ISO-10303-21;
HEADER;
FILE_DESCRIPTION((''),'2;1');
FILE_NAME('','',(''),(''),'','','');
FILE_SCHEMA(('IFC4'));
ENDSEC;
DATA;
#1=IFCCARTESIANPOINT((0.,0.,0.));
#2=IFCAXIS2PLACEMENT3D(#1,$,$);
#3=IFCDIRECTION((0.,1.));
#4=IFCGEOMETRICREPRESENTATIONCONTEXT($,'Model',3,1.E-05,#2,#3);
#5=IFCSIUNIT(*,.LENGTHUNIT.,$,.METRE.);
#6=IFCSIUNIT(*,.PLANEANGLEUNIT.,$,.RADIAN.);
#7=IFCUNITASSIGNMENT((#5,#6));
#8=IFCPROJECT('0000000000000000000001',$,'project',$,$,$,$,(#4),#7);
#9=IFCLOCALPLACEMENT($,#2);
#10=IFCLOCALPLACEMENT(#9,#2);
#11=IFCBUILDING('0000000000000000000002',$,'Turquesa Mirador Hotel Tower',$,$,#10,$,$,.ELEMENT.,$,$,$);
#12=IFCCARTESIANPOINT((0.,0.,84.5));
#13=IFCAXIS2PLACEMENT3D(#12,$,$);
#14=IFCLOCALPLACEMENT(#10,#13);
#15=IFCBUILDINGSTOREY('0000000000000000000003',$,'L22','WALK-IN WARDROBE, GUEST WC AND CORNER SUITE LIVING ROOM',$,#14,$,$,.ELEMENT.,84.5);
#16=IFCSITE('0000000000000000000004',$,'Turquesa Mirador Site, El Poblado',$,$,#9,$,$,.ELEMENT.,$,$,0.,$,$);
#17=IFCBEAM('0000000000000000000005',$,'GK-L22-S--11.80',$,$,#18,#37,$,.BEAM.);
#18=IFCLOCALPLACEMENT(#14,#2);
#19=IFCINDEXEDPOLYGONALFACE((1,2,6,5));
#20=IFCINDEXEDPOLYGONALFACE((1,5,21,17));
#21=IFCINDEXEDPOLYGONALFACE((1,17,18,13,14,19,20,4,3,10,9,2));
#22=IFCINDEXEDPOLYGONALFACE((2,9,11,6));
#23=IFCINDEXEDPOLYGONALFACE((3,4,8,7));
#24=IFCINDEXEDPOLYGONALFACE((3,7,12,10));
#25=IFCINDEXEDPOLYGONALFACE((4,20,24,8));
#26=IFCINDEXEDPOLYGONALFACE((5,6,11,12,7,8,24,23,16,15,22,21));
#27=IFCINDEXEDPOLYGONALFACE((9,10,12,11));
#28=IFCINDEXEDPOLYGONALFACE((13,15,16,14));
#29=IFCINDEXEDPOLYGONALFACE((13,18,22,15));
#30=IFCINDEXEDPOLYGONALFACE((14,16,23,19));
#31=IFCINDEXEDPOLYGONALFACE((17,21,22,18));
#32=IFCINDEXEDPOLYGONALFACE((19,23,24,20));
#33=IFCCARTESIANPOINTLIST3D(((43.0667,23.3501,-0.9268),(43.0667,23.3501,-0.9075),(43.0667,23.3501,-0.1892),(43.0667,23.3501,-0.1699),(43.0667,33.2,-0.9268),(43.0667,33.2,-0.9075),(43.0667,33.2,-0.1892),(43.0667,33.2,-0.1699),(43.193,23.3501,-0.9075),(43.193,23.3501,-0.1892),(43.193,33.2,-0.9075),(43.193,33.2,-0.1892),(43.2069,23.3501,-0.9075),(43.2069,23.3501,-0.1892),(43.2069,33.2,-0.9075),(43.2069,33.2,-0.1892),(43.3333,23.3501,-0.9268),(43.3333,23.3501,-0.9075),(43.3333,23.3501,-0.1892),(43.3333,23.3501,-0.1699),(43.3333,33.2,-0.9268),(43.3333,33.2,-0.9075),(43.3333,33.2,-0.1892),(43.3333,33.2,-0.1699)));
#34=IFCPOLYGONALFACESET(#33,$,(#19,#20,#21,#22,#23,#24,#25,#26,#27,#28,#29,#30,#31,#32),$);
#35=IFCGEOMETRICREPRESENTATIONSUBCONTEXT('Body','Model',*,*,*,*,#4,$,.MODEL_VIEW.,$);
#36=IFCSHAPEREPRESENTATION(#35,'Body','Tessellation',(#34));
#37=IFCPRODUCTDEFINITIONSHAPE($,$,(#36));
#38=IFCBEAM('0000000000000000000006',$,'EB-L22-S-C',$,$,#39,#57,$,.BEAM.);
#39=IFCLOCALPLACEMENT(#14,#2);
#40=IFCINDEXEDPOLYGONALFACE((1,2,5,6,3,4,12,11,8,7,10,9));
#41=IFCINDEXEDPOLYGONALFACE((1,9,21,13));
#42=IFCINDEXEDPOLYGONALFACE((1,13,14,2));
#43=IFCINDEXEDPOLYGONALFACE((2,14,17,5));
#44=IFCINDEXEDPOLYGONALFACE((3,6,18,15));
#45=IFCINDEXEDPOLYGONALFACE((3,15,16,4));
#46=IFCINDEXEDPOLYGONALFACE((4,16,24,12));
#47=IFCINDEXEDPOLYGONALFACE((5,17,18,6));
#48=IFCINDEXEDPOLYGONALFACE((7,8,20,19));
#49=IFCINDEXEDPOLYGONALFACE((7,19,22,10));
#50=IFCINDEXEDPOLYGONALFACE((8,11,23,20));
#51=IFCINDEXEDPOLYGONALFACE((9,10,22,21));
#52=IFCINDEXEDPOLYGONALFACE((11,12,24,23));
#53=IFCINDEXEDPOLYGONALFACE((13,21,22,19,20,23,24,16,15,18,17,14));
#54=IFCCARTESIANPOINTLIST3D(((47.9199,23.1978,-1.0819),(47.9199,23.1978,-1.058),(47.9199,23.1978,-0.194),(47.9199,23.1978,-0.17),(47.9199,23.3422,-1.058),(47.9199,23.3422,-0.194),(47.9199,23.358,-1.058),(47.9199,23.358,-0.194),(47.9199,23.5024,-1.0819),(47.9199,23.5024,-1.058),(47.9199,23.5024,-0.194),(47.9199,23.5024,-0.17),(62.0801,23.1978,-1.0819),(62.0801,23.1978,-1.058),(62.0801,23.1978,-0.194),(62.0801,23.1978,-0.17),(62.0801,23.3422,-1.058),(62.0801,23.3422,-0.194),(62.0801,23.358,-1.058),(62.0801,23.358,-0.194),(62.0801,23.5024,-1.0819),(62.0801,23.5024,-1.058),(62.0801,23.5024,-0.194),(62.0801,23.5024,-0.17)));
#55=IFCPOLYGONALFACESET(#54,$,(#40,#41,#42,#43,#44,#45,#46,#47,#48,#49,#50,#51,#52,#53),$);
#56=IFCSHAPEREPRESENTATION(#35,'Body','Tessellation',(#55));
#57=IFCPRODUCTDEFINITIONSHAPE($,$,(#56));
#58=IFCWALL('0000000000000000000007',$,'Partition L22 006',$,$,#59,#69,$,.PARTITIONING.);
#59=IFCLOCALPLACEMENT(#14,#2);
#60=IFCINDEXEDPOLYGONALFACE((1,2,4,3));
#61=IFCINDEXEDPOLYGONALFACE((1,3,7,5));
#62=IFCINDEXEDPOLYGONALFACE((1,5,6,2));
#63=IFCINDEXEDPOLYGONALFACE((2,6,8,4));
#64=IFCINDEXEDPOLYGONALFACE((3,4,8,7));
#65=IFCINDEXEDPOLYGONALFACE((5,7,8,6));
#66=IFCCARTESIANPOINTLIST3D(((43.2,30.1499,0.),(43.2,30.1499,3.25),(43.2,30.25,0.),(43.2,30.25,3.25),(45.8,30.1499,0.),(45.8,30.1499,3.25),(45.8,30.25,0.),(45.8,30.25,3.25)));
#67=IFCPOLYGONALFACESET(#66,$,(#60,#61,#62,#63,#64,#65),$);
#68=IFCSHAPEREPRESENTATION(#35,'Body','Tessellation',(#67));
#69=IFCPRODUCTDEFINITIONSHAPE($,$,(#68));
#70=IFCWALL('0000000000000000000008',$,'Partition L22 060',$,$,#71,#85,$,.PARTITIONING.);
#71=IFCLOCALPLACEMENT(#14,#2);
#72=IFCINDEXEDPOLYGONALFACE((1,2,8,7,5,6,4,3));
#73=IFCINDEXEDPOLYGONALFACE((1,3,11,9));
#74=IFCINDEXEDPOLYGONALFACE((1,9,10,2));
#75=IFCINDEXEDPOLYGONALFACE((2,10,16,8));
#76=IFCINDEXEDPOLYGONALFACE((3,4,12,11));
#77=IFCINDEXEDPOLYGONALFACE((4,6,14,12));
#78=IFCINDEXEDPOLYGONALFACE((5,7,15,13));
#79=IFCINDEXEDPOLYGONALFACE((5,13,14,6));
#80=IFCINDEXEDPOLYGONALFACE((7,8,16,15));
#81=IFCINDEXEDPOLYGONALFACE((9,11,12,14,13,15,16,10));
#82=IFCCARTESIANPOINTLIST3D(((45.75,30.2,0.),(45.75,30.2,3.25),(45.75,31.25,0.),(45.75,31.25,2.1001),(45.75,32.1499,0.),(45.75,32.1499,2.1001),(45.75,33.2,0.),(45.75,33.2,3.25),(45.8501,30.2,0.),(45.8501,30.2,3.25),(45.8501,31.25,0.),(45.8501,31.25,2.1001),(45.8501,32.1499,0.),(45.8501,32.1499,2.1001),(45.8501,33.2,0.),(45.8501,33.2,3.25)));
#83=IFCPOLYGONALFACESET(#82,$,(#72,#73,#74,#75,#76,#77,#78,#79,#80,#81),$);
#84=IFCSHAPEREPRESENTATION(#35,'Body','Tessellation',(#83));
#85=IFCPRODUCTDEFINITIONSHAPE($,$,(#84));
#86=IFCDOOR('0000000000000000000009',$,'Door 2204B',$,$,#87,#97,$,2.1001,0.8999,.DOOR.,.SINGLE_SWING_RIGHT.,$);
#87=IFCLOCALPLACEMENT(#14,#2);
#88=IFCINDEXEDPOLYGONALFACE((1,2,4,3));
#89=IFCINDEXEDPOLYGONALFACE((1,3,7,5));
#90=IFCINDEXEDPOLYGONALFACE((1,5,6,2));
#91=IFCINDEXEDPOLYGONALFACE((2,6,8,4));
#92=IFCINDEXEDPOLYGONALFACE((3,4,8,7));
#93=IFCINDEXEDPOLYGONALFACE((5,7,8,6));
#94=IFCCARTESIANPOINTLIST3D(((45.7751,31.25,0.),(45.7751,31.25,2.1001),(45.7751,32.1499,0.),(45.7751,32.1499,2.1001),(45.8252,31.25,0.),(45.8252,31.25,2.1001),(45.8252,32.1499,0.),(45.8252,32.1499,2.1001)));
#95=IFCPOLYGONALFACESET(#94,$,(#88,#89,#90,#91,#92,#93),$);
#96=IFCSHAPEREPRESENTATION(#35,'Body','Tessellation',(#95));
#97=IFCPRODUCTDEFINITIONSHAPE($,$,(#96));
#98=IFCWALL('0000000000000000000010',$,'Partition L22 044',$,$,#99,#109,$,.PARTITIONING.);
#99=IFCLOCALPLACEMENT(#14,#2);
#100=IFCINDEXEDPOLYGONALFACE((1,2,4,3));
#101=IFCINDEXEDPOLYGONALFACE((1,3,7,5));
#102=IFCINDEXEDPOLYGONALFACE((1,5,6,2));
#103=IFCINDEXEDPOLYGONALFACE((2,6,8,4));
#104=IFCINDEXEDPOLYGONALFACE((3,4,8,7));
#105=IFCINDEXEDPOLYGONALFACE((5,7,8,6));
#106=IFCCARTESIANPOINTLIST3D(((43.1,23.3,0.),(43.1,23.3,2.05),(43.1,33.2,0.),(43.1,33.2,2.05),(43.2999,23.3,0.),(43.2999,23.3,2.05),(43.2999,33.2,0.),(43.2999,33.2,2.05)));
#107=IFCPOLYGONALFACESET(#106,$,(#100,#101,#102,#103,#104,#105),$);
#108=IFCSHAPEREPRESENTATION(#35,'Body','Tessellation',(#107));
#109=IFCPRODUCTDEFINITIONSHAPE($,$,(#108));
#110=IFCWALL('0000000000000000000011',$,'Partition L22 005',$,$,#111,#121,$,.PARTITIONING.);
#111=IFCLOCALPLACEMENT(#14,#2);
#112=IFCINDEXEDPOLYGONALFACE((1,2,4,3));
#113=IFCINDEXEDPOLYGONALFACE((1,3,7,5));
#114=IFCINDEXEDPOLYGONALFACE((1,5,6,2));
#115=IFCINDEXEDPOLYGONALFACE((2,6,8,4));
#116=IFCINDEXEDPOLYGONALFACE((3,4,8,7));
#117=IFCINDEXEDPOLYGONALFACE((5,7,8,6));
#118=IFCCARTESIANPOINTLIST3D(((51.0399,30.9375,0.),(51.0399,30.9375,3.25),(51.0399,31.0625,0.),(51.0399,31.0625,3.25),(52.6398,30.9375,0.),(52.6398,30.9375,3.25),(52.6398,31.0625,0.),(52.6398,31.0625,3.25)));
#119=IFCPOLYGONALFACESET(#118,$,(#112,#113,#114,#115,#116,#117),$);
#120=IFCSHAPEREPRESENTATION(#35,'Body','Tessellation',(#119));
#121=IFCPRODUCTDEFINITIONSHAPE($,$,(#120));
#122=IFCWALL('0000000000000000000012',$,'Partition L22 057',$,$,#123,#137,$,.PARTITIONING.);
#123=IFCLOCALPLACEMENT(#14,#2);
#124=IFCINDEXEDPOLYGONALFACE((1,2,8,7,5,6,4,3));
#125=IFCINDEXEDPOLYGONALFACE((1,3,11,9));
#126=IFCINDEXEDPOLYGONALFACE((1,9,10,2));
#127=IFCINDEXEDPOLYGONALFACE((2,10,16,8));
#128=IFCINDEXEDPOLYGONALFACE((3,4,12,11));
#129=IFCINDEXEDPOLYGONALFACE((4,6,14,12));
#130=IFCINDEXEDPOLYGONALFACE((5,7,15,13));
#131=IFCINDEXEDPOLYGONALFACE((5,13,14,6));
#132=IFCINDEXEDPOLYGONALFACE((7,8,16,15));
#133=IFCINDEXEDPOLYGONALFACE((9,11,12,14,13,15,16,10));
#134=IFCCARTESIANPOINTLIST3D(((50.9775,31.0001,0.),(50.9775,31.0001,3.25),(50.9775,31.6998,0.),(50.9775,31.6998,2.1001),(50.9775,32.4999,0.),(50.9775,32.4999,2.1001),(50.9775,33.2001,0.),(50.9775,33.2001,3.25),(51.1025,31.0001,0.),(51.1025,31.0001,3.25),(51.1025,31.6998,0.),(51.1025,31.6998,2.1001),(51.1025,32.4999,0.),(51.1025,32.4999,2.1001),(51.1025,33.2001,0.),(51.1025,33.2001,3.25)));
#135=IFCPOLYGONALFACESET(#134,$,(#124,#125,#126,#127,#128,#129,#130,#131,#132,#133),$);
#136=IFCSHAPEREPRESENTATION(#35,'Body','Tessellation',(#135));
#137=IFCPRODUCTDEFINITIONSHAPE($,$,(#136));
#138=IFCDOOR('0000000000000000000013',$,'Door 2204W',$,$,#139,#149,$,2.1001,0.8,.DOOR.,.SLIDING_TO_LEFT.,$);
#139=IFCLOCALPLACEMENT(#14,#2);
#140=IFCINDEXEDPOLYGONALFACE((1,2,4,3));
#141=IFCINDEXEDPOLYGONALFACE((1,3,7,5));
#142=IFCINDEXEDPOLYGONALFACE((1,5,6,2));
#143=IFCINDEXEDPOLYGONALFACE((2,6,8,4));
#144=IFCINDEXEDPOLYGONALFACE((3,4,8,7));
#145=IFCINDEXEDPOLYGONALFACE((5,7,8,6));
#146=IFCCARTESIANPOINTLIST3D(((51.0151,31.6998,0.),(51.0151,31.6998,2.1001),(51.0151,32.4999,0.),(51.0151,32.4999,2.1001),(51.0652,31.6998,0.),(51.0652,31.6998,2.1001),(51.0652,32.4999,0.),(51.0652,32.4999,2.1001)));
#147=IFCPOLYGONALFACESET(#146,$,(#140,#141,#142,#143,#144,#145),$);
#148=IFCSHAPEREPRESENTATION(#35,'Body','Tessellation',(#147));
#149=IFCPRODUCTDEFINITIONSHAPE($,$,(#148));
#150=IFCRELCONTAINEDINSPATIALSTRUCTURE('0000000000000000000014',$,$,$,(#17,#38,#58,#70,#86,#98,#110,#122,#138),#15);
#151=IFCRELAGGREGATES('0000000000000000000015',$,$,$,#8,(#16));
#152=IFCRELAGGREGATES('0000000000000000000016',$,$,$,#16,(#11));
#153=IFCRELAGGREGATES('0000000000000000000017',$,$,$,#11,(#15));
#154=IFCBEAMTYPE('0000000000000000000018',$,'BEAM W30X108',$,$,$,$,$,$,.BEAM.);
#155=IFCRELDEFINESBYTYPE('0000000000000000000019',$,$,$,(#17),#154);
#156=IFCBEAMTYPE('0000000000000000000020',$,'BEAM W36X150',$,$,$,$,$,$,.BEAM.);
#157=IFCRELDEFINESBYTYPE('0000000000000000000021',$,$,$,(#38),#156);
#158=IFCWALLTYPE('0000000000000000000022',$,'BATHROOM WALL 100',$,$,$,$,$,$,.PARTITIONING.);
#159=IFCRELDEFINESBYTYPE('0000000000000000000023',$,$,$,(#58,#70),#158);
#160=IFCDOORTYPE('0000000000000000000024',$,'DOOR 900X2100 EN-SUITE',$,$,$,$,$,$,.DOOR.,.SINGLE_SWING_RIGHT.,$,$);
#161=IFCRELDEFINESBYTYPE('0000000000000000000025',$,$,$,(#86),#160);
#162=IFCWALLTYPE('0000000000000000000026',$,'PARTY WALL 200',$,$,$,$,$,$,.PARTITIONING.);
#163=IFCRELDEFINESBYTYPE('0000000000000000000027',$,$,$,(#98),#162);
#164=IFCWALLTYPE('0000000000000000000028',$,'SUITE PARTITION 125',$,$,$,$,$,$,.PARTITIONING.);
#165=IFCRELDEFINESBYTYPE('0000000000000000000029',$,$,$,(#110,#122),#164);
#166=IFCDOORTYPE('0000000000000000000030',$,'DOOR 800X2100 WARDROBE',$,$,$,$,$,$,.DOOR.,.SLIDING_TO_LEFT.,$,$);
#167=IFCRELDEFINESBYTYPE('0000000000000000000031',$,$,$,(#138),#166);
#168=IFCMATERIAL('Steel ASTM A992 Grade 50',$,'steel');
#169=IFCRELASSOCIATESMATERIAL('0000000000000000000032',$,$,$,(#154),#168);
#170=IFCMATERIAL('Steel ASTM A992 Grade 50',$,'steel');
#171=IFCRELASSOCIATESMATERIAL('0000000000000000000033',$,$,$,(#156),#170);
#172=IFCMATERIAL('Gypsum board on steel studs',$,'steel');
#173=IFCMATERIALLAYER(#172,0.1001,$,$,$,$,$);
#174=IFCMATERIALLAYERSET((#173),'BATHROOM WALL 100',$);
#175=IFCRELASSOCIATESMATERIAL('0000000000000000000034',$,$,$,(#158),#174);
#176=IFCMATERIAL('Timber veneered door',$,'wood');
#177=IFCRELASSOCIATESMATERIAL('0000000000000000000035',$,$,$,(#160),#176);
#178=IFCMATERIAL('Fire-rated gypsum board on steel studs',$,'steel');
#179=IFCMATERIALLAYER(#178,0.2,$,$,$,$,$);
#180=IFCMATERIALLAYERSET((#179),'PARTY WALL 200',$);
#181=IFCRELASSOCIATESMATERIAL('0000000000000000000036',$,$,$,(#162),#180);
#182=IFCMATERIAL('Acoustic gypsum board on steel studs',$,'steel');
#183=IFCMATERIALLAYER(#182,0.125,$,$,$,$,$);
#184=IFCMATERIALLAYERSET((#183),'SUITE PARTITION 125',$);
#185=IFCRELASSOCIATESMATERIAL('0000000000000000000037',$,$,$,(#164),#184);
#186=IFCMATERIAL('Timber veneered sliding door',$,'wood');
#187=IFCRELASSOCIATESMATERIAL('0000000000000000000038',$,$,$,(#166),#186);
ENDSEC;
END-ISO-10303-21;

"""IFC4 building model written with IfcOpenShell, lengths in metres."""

from ifc_helpers import new_model, si_unit, direction, frame, frame_2d, origin, origin_2d, place, context, subcontext, project, spatial, rectangle, i_section, extrude, material, layer, layer_set, material_profile, profile_set, type_object, element, fill, save


model = new_model("IFC4")

# Units and contexts
model_context = context("Model", 3, precision=1e-05, world=origin(), true_north=direction((0.0, 1.0)))
body_context = subcontext(model_context, "Body", "Model", "MODEL_VIEW")
ifc_project = project(units=[si_unit("LENGTHUNIT", "METRE"), si_unit("PLANEANGLEUNIT", "RADIAN")], contexts=[model_context])

# Site, building, storey
site_placement = place(None, origin())
site = spatial("IfcSite", under=ifc_project, at=site_placement, Name="Turquesa Mirador Site, El Poblado", CompositionType="ELEMENT", RefElevation=0.0)
building_placement = place(site_placement, origin())
building = spatial("IfcBuilding", under=site, at=building_placement, Name="Turquesa Mirador Hotel Tower", CompositionType="ELEMENT")
storey_placement = place(building_placement, frame((0.0, 0.0, 84.5)))
storey = spatial("IfcBuildingStorey", under=building, at=storey_placement, Name="L22", Description="WALK-IN WARDROBE, GUEST WC AND CORNER SUITE LIVING ROOM", CompositionType="ELEMENT", Elevation=84.5)

# Beams
ifc_material_1 = material(Name="Steel ASTM A992 Grade 50", Category="steel")
ifc_material_profile_1 = material_profile(ifc_material_1, i_section(OverallWidth=0.2666, OverallDepth=0.7568, WebThickness=0.0139, FlangeThickness=0.0193, at=origin_2d()), Name="W30X108")
ifc_profile_set_1 = profile_set([ifc_material_profile_1], Name="Steel ASTM A992 Grade 50")
beam_type_1 = type_object("IfcBeamType", Name="BEAM W30X108", PredefinedType="BEAM", material=ifc_profile_set_1)
beam_1_placement = place(storey_placement, frame((43.2, 23.3501, -0.5483), z_axis=(0.0, 1.0, 0.0), x_axis=(-1.0, 0.0, 0.0)))
element("IfcBeam", 1, at=beam_1_placement, inside=storey, type_object=beam_type_1, Name="GK-L22-S--11.80", PredefinedType="BEAM", context=body_context, shape_type="SweptSolid", body=[
    extrude(i_section(OverallWidth=0.2666, OverallDepth=0.7568, WebThickness=0.0139, FlangeThickness=0.0193, at=origin_2d()), origin(), (0.0, 0.0, 1.0), 9.8499),
])
ifc_material_2 = material(Name="Steel ASTM A992 Grade 50", Category="steel")
ifc_material_profile_2 = material_profile(ifc_material_2, i_section(OverallWidth=0.3047, OverallDepth=0.9119, WebThickness=0.0159, FlangeThickness=0.0239, at=origin_2d()), Name="W36X150")
ifc_profile_set_2 = profile_set([ifc_material_profile_2], Name="Steel ASTM A992 Grade 50")
beam_type_2 = type_object("IfcBeamType", Name="BEAM W36X150", PredefinedType="BEAM", material=ifc_profile_set_2)
beam_2_placement = place(storey_placement, frame((47.9199, 23.3501, -0.626), z_axis=(1.0, 0.0, 0.0), x_axis=(0.0, 1.0, 0.0)))
element("IfcBeam", 2, at=beam_2_placement, inside=storey, type_object=beam_type_2, Name="EB-L22-S-C", PredefinedType="BEAM", context=body_context, shape_type="SweptSolid", body=[
    extrude(i_section(OverallWidth=0.3047, OverallDepth=0.9119, WebThickness=0.0159, FlangeThickness=0.0239, at=origin_2d()), origin(), (0.0, 0.0, 1.0), 14.1602),
])

# Wall
ifc_material_3 = material(Name="Gypsum board on steel studs", Category="steel")
ifc_layer_1 = layer(ifc_material_3, 0.1001)
ifc_layer_set_1 = layer_set([ifc_layer_1], Name="BATHROOM WALL 100")
wall_type_1 = type_object("IfcWallType", Name="BATHROOM WALL 100", PredefinedType="PARTITIONING", material=ifc_layer_set_1)
wall_1_placement = place(storey_placement, frame((43.2, 30.2, 0.0), z_axis=(0.0, 0.0, 1.0), x_axis=(1.0, 0.0, 0.0)))
element("IfcWall", 3, at=wall_1_placement, inside=storey, type_object=wall_type_1, Name="Partition L22 006", PredefinedType="PARTITIONING", context=body_context, shape_type="SweptSolid", body=[
    extrude(rectangle(XDim=2.6001, YDim=0.1001, at=frame_2d((1.3, 0.0))), origin(), (0.0, 0.0, 1.0), 3.25),
])

# Wall, opening, door
wall_2_placement = place(storey_placement, frame((45.8, 30.2, 0.0), z_axis=(0.0, 0.0, 1.0), x_axis=(0.0, 1.0, 0.0)))
wall_2 = element("IfcWall", 4, at=wall_2_placement, inside=storey, type_object=wall_type_1, Name="Partition L22 060", PredefinedType="PARTITIONING", context=body_context, shape_type="SweptSolid", body=[
    extrude(rectangle(XDim=3.0, YDim=0.1001, at=frame_2d((1.5, 0.0))), origin(), (0.0, 0.0, 1.0), 3.25),
])
opening_1_placement = place(wall_2_placement, frame((1.05, 0.0, 0.0)))
opening_1 = element("IfcOpeningElement", 5, at=opening_1_placement, cuts=wall_2, PredefinedType="OPENING", context=body_context, shape_type="SweptSolid", body=[
    extrude(rectangle(XDim=0.8999, YDim=2.1001, at=frame_2d((0.45, 1.05))), frame((0.0, 0.0601, 0.0), z_axis=(0.0, -1.0, 0.0), x_axis=(1.0, 0.0, 0.0)), (0.0, 0.0, 1.0), 0.1201),
])
ifc_material_4 = material(Name="Timber veneered door", Category="wood")
door_type_1 = type_object("IfcDoorType", Name="DOOR 900X2100 EN-SUITE", OperationType="SINGLE_SWING_RIGHT", PredefinedType="DOOR", material=ifc_material_4)
door_1_placement = place(opening_1_placement, origin())
door_1 = element("IfcDoor", 6, at=door_1_placement, inside=storey, type_object=door_type_1, Name="Door 2204B", OperationType="SINGLE_SWING_RIGHT", OverallHeight=2.1001, OverallWidth=0.8999, PredefinedType="DOOR", context=body_context, shape_type="SweptSolid", body=[
    extrude(rectangle(XDim=0.8999, YDim=2.1001, at=frame_2d((0.45, 1.05))), frame((0.0, 0.0249, 0.0), z_axis=(0.0, -1.0, 0.0), x_axis=(1.0, 0.0, 0.0)), (0.0, 0.0, 1.0), 0.05),
])
fill(opening_1, door_1)

# Walls
ifc_material_5 = material(Name="Fire-rated gypsum board on steel studs", Category="steel")
ifc_layer_2 = layer(ifc_material_5, 0.2)
ifc_layer_set_2 = layer_set([ifc_layer_2], Name="PARTY WALL 200")
wall_type_2 = type_object("IfcWallType", Name="PARTY WALL 200", PredefinedType="PARTITIONING", material=ifc_layer_set_2)
wall_3_placement = place(storey_placement, frame((43.2, 23.3, 0.0), z_axis=(0.0, 0.0, 1.0), x_axis=(0.0, 1.0, 0.0)))
element("IfcWall", 7, at=wall_3_placement, inside=storey, type_object=wall_type_2, Name="Partition L22 044", PredefinedType="PARTITIONING", context=body_context, shape_type="SweptSolid", body=[
    extrude(rectangle(XDim=9.8999, YDim=0.2, at=frame_2d((4.95, 0.0))), origin(), (0.0, 0.0, 1.0), 2.05),
])
ifc_material_6 = material(Name="Acoustic gypsum board on steel studs", Category="steel")
ifc_layer_3 = layer(ifc_material_6, 0.125)
ifc_layer_set_3 = layer_set([ifc_layer_3], Name="SUITE PARTITION 125")
wall_type_3 = type_object("IfcWallType", Name="SUITE PARTITION 125", PredefinedType="PARTITIONING", material=ifc_layer_set_3)
wall_4_placement = place(storey_placement, frame((51.04, 31.0, 0.0), z_axis=(0.0, 0.0, 1.0), x_axis=(1.0, 0.0, 0.0)))
element("IfcWall", 8, at=wall_4_placement, inside=storey, type_object=wall_type_3, Name="Partition L22 005", PredefinedType="PARTITIONING", context=body_context, shape_type="SweptSolid", body=[
    extrude(rectangle(XDim=1.5999, YDim=0.125, at=frame_2d((0.7998, 0.0))), origin(), (0.0, 0.0, 1.0), 3.25),
])

# Wall, opening, door
wall_5_placement = place(storey_placement, frame((51.04, 31.0, 0.0), z_axis=(0.0, 0.0, 1.0), x_axis=(0.0, 1.0, 0.0)))
wall_5 = element("IfcWall", 9, at=wall_5_placement, inside=storey, type_object=wall_type_3, Name="Partition L22 057", PredefinedType="PARTITIONING", context=body_context, shape_type="SweptSolid", body=[
    extrude(rectangle(XDim=2.2, YDim=0.125, at=frame_2d((1.1001, 0.0))), origin(), (0.0, 0.0, 1.0), 3.25),
])
opening_2_placement = place(wall_5_placement, frame((0.7, 0.0, 0.0)))
opening_2 = element("IfcOpeningElement", 10, at=opening_2_placement, cuts=wall_5, PredefinedType="OPENING", context=body_context, shape_type="SweptSolid", body=[
    extrude(rectangle(XDim=0.8, YDim=2.1001, at=frame_2d((0.3999, 1.05))), frame((0.0, 0.0725, 0.0), z_axis=(0.0, -1.0, 0.0), x_axis=(1.0, 0.0, 0.0)), (0.0, 0.0, 1.0), 0.145),
])
ifc_material_7 = material(Name="Timber veneered sliding door", Category="wood")
door_type_2 = type_object("IfcDoorType", Name="DOOR 800X2100 WARDROBE", OperationType="SLIDING_TO_LEFT", PredefinedType="DOOR", material=ifc_material_7)
door_2_placement = place(opening_2_placement, origin())
door_2 = element("IfcDoor", 11, at=door_2_placement, inside=storey, type_object=door_type_2, Name="Door 2204W", OperationType="SLIDING_TO_LEFT", OverallHeight=2.1001, OverallWidth=0.8, PredefinedType="DOOR", context=body_context, shape_type="SweptSolid", body=[
    extrude(rectangle(XDim=0.8, YDim=2.1001, at=frame_2d((0.3999, 1.05))), frame((0.0, 0.0249, 0.0), z_axis=(0.0, -1.0, 0.0), x_axis=(1.0, 0.0, 0.0)), (0.0, 0.0, 1.0), 0.05),
])
fill(opening_2, door_2)

save(model, "model.ifc")
